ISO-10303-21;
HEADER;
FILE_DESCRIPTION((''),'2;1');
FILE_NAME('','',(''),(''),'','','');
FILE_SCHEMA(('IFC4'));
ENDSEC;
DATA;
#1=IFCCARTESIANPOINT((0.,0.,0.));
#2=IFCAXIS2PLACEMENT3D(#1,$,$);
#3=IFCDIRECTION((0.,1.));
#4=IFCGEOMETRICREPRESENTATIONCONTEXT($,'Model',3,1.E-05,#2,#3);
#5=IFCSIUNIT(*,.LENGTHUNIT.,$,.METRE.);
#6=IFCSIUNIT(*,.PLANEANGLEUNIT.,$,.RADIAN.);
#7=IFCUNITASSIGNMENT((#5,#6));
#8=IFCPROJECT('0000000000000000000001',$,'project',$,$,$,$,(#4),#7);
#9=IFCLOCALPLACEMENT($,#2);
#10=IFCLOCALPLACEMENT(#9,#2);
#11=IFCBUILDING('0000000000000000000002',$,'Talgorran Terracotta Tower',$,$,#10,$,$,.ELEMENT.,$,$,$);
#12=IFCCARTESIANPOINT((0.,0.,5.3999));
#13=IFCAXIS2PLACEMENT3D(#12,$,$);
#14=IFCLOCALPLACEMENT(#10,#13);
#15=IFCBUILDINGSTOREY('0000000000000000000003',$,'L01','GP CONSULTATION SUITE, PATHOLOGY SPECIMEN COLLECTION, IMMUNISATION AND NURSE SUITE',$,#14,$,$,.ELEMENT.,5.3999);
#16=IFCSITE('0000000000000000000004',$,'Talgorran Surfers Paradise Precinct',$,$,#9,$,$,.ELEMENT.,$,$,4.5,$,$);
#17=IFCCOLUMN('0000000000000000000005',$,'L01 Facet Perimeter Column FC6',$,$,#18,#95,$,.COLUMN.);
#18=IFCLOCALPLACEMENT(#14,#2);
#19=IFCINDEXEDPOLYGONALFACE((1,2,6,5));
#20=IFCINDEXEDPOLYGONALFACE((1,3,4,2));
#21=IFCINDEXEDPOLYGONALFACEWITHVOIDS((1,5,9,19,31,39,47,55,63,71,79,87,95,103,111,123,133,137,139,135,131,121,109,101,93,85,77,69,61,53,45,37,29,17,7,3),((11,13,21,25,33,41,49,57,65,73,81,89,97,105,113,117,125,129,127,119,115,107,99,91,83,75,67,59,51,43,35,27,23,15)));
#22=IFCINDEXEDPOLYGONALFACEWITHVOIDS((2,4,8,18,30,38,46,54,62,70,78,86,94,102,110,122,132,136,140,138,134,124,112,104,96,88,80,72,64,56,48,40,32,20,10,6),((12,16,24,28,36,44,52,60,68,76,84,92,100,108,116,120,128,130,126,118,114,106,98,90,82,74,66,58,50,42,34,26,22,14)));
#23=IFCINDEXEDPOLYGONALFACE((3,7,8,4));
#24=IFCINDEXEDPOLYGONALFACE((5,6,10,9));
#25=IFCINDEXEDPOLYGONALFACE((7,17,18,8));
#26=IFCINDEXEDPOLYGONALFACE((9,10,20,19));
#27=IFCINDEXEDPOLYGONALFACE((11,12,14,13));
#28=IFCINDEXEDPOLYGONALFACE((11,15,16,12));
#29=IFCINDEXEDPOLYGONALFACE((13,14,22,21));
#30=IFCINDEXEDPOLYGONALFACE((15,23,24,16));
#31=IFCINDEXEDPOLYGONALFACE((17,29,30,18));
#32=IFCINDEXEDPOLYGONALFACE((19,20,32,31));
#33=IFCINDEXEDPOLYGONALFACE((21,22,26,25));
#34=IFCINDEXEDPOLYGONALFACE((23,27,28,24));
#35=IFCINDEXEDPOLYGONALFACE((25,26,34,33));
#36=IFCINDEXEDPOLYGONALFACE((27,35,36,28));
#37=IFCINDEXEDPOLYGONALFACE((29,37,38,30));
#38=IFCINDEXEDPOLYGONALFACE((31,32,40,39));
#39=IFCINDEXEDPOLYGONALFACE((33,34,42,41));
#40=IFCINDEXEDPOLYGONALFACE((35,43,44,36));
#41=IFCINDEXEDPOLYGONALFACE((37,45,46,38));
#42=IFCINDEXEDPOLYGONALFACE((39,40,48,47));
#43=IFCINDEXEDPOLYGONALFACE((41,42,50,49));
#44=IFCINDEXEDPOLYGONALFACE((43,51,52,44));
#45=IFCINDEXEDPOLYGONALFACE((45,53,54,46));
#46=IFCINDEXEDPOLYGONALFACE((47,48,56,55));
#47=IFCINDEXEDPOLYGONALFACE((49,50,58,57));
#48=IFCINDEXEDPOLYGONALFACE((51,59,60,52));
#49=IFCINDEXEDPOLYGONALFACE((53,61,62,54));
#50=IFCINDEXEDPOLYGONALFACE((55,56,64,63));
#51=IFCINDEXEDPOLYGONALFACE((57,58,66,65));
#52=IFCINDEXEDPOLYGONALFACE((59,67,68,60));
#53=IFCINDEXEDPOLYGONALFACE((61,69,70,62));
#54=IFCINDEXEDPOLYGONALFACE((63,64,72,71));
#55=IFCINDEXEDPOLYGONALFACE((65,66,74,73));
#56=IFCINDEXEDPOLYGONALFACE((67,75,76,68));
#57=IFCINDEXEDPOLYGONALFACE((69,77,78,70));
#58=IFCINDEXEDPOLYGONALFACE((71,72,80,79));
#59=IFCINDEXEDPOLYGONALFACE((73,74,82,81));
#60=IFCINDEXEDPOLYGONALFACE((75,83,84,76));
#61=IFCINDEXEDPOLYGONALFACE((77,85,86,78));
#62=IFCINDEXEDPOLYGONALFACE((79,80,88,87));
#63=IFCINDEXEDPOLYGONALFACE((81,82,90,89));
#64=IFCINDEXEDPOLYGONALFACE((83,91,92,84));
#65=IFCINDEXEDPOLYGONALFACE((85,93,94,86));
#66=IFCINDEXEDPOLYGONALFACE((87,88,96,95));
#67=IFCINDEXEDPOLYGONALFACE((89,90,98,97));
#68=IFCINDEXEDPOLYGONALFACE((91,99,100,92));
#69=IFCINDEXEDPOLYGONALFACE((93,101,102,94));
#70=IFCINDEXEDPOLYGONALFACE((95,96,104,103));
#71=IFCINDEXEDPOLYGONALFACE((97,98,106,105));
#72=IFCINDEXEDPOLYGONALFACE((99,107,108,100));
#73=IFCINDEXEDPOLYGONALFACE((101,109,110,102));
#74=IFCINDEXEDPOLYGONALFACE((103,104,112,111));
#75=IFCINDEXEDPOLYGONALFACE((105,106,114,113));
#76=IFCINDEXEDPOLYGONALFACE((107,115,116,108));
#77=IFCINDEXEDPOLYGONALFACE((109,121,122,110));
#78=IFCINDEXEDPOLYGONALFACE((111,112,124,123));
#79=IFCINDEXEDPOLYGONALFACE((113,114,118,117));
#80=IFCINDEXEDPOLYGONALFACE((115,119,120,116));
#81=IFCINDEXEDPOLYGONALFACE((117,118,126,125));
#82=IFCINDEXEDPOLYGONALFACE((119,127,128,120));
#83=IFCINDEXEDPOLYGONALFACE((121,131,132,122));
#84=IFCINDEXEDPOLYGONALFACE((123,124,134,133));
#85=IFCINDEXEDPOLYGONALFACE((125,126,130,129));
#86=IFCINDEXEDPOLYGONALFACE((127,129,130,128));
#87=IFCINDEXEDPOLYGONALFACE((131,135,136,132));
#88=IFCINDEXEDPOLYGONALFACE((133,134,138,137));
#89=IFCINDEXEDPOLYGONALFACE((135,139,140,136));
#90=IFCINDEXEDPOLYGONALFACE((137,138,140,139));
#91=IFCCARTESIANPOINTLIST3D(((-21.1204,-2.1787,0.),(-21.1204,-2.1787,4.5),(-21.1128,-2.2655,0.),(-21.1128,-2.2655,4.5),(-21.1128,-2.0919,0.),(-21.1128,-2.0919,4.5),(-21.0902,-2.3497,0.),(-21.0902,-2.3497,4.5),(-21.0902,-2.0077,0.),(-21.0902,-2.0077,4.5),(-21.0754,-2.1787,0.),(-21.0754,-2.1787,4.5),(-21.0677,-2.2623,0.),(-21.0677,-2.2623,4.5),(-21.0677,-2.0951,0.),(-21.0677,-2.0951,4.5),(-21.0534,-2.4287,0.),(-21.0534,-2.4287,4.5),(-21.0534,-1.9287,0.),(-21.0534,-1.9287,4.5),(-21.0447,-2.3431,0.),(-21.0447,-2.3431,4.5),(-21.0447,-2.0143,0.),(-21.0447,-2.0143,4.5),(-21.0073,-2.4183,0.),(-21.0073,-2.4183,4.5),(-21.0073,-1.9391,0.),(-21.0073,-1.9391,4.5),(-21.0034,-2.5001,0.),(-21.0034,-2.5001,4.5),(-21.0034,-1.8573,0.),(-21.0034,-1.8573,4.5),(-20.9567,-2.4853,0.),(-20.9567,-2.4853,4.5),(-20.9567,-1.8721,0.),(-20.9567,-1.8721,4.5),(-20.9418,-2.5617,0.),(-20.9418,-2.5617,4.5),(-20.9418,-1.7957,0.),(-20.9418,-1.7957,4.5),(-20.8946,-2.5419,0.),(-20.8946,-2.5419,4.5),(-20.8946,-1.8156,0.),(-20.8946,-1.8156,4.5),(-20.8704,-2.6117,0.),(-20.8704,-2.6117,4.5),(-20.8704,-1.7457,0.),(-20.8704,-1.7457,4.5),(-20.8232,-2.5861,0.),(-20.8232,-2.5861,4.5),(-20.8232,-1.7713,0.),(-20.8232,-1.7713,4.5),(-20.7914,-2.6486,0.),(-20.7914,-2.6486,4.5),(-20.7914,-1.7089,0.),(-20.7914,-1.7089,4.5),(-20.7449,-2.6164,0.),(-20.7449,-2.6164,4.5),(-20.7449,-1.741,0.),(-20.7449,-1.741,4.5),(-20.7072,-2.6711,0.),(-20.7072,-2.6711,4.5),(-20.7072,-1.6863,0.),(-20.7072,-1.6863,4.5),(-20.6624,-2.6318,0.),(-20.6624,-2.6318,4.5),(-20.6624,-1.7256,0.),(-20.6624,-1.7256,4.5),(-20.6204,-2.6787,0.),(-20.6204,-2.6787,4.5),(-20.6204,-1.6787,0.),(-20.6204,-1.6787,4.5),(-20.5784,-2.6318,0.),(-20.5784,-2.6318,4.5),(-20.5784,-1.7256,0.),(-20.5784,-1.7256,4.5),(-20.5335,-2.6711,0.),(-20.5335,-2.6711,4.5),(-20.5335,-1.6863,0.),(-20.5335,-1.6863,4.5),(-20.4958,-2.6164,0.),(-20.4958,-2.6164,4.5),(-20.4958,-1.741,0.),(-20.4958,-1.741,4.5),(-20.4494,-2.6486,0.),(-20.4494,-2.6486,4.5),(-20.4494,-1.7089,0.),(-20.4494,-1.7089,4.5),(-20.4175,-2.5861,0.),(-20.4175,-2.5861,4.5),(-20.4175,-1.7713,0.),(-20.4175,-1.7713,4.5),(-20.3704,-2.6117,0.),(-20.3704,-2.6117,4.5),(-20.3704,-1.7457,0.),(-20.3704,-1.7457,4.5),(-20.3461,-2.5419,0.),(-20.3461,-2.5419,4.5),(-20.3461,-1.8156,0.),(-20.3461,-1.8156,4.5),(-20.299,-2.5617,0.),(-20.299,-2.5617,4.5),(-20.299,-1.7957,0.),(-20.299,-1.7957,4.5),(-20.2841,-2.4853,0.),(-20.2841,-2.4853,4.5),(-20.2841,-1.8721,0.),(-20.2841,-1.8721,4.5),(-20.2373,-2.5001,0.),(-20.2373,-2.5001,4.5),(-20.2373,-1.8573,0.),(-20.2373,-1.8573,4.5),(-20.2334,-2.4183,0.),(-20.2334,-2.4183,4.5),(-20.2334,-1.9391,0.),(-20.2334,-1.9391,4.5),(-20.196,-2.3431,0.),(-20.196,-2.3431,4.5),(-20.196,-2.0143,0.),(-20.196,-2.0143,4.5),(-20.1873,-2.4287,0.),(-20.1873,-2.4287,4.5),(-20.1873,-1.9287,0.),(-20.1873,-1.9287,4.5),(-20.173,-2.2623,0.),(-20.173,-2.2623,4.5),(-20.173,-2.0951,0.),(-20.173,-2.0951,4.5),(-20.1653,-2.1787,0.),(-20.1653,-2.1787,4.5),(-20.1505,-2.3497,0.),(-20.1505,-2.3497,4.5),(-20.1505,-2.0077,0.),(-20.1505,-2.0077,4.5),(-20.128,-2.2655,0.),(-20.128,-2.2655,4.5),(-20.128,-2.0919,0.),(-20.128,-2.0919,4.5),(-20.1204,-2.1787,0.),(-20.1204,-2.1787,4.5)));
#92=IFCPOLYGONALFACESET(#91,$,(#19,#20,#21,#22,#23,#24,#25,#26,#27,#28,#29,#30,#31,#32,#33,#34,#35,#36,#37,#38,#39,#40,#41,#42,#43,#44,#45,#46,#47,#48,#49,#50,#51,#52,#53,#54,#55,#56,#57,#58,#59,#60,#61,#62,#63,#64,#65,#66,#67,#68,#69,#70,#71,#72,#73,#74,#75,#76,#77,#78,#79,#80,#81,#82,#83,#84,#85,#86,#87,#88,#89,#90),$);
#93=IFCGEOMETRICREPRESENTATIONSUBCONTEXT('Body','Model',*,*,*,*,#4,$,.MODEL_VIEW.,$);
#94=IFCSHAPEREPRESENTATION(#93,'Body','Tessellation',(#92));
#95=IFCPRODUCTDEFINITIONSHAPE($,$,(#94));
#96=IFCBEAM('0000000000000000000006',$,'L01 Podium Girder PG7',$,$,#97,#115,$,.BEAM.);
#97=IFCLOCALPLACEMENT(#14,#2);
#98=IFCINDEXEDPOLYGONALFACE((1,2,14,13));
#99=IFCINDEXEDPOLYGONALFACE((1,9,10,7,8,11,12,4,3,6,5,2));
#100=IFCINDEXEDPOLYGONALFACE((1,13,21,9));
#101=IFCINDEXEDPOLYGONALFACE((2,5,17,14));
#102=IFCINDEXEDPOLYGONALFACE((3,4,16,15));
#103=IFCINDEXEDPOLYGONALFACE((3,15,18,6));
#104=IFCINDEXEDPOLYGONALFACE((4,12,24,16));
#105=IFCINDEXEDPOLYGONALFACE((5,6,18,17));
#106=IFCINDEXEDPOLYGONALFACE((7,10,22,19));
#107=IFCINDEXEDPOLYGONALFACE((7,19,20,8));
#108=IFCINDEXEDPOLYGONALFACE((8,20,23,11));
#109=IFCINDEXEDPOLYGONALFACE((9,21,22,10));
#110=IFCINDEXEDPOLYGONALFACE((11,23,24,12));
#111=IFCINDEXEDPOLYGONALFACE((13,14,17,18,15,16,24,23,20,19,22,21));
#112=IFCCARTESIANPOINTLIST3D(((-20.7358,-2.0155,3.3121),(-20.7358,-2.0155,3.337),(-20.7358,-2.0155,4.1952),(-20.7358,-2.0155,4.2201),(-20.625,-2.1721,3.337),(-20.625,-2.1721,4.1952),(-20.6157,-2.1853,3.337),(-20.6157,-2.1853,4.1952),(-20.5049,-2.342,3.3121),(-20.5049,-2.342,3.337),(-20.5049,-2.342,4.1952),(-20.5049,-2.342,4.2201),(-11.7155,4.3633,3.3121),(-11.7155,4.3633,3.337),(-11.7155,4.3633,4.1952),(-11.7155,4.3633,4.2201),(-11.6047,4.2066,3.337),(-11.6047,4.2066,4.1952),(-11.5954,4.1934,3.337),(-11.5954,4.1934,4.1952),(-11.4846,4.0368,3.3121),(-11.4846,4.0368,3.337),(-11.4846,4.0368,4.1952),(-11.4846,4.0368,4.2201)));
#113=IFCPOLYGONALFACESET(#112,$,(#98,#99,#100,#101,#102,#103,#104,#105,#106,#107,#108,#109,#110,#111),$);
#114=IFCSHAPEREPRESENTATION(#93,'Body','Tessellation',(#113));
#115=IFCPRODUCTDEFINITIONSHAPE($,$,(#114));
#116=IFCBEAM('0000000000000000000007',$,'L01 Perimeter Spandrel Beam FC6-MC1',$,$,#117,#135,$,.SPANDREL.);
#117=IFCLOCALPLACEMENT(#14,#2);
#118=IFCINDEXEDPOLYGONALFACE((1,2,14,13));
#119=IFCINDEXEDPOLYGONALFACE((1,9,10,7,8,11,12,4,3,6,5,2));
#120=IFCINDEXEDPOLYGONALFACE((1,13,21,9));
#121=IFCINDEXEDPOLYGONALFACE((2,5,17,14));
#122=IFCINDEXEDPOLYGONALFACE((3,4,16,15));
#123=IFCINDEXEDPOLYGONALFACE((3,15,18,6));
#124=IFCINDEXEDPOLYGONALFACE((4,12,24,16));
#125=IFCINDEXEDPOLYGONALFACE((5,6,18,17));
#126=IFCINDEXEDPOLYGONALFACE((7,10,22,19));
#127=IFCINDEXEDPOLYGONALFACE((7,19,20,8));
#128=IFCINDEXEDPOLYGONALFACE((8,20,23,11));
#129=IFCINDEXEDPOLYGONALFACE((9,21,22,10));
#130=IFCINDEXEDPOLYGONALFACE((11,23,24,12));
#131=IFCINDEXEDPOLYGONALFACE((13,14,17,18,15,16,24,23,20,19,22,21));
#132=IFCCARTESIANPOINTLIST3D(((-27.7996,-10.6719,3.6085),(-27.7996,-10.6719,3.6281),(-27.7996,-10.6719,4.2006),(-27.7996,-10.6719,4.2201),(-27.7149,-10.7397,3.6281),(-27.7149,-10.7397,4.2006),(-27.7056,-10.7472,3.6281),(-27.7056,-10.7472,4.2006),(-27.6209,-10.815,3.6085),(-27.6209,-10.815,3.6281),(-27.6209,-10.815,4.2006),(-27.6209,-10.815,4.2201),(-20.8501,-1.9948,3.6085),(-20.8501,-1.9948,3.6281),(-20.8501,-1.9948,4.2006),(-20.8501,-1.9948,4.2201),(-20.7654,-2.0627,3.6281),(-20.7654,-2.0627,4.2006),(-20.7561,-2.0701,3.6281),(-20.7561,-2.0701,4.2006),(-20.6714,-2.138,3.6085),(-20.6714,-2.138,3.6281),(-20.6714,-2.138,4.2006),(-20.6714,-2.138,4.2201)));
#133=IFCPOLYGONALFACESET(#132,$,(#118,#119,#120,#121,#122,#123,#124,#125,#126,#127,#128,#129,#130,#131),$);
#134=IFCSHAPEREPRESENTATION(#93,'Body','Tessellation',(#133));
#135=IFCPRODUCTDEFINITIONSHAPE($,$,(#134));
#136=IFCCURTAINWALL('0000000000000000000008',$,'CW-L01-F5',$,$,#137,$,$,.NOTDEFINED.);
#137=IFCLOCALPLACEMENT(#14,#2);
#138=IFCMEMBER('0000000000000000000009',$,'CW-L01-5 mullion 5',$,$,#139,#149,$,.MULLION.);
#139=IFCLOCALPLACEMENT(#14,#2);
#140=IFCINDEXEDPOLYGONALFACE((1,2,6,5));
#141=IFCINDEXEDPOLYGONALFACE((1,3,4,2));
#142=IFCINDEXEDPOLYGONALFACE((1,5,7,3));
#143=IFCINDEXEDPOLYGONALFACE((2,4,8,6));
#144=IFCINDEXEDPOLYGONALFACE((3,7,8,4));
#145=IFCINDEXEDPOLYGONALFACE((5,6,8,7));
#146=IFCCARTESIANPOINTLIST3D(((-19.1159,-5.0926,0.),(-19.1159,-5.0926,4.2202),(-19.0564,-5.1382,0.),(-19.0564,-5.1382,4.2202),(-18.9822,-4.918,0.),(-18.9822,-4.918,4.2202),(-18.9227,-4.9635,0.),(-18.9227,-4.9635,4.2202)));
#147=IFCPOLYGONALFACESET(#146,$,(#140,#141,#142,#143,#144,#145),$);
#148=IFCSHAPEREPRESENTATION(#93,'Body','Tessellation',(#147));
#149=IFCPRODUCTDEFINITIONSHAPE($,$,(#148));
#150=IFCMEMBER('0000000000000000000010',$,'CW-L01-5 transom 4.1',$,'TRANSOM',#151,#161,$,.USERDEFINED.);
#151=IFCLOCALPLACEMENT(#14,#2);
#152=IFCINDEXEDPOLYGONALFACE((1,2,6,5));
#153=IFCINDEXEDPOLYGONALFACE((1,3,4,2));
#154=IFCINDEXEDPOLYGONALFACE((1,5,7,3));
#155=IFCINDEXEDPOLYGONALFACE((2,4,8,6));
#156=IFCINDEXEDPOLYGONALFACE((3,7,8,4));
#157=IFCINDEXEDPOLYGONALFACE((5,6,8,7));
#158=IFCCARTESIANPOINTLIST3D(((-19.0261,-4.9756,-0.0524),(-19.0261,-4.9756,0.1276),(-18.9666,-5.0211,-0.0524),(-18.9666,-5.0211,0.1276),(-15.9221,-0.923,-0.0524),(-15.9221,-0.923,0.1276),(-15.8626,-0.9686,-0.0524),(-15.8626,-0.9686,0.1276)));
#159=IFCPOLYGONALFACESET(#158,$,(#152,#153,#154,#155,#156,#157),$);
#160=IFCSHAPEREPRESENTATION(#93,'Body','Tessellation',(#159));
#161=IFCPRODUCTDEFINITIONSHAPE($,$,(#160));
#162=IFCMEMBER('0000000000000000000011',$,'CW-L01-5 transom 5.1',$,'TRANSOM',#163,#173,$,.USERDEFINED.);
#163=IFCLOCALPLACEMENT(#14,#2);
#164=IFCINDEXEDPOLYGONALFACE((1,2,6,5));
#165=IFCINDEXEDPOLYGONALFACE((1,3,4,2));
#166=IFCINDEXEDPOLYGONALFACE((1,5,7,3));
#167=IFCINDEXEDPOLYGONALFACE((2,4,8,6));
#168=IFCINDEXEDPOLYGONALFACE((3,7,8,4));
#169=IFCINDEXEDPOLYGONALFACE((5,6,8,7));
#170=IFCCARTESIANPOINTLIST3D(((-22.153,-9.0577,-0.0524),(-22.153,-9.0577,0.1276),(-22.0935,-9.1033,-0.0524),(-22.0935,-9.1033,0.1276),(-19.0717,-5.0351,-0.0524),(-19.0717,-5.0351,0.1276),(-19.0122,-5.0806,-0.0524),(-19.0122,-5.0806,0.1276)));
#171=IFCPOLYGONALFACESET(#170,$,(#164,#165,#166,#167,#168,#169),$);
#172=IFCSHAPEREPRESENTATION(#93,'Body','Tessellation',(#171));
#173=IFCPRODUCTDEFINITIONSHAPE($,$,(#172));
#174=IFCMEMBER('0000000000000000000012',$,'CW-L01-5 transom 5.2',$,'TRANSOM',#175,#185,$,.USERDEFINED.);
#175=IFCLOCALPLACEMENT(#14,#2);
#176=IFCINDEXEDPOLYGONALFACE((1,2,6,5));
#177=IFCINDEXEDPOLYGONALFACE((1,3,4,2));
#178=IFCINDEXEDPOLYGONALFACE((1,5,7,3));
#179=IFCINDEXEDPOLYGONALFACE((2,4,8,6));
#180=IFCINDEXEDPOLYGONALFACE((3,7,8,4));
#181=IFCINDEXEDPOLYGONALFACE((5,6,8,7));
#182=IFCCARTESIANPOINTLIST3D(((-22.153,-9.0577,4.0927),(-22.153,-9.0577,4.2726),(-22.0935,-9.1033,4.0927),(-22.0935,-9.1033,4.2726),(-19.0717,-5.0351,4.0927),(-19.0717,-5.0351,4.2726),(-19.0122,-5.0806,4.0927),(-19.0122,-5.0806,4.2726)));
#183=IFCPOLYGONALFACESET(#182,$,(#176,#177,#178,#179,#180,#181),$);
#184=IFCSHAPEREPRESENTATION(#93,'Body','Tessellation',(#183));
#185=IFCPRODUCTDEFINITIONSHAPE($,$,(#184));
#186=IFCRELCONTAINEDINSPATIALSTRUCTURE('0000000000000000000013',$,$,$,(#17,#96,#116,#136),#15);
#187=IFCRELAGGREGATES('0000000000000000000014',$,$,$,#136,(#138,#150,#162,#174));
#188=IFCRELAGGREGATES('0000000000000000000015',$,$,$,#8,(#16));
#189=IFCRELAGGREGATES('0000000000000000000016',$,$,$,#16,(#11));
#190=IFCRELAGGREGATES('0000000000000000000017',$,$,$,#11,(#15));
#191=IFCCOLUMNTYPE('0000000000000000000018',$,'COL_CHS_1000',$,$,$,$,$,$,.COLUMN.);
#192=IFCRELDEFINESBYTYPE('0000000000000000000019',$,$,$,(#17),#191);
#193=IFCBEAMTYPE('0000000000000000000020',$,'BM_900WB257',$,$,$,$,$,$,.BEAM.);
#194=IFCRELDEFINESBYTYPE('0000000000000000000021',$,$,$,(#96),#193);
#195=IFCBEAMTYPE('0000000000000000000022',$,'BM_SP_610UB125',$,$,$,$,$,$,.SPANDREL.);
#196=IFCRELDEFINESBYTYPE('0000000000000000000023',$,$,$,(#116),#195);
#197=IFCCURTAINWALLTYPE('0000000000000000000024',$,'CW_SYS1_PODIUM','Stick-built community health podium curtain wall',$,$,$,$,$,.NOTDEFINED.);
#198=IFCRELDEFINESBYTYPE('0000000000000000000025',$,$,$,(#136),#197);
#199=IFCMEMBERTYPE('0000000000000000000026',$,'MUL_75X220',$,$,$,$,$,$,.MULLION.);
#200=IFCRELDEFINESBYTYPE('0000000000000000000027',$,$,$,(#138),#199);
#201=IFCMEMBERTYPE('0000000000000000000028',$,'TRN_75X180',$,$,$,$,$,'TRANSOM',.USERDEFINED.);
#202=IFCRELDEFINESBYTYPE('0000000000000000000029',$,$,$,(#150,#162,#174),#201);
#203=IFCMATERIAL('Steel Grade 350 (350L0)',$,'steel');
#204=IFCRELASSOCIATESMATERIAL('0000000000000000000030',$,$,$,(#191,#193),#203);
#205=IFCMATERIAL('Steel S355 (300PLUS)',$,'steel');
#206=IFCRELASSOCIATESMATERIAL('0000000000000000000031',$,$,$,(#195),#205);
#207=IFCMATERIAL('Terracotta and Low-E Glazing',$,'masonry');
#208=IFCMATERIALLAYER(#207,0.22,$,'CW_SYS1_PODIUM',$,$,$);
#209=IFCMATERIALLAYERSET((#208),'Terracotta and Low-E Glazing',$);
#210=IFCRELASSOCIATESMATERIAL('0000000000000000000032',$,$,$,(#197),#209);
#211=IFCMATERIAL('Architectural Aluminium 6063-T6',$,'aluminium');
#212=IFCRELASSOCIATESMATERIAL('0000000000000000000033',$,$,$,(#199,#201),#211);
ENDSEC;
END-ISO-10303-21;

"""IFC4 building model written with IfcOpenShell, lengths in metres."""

from ifc_helpers import new_model, si_unit, direction, frame, origin, origin_2d, place, context, subcontext, project, spatial, rectangle, hollow_circle, i_section, extrude, material, layer, layer_set, material_profile, profile_set, type_object, element, aggregate, save


model = new_model("IFC4")

# Units and contexts
model_context = context("Model", 3, precision=1e-05, world=origin(), true_north=direction((0.0, 1.0)))
body_context = subcontext(model_context, "Body", "Model", "MODEL_VIEW")
ifc_project = project(units=[si_unit("LENGTHUNIT", "METRE"), si_unit("PLANEANGLEUNIT", "RADIAN")], contexts=[model_context])

# Site, building, storey
site_placement = place(None, origin())
site = spatial("IfcSite", under=ifc_project, at=site_placement, Name="Talgorran Surfers Paradise Precinct", CompositionType="ELEMENT", RefElevation=4.5)
building_placement = place(site_placement, origin())
building = spatial("IfcBuilding", under=site, at=building_placement, Name="Talgorran Terracotta Tower", CompositionType="ELEMENT")
storey_placement = place(building_placement, frame((0.0, 0.0, 5.3999)))
storey = spatial("IfcBuildingStorey", under=building, at=storey_placement, Name="L01", Description="GP CONSULTATION SUITE, PATHOLOGY SPECIMEN COLLECTION, IMMUNISATION AND NURSE SUITE", CompositionType="ELEMENT", Elevation=5.3999)

# Column
ifc_material_1 = material(Name="Steel Grade 350 (350L0)", Category="steel")
ifc_material_profile_1 = material_profile(ifc_material_1, hollow_circle(Radius=0.5, WallThickness=0.0449, at=origin_2d()), Name="CHS1000X45")
ifc_profile_set_1 = profile_set([ifc_material_profile_1], Name="Steel Grade 350 (350L0)")
column_type = type_object("IfcColumnType", Name="COL_CHS_1000", PredefinedType="COLUMN", material=ifc_profile_set_1)
column_placement = place(storey_placement, frame((-20.6204, -2.1787, 0.0), z_axis=(0.0, 0.0, 1.0), x_axis=(1.0, 0.0, 0.0)))
element("IfcColumn", 1, at=column_placement, inside=storey, type_object=column_type, Name="L01 Facet Perimeter Column FC6", PredefinedType="COLUMN", context=body_context, shape_type="SweptSolid", body=[
    extrude(hollow_circle(Radius=0.5, WallThickness=0.0449, at=origin_2d()), origin(), (0.0, 0.0, 1.0), 4.5),
])

# Beams
ifc_material_profile_2 = material_profile(ifc_material_1, i_section(OverallWidth=0.3999, OverallDepth=0.908, WebThickness=0.0161, FlangeThickness=0.0249, at=origin_2d()), Name="900WB257")
ifc_profile_set_2 = profile_set([ifc_material_profile_2], Name="Steel Grade 350 (350L0)")
beam_type_1 = type_object("IfcBeamType", Name="BM_900WB257", PredefinedType="BEAM", material=ifc_profile_set_2)
beam_1_placement = place(storey_placement, frame((-20.6204, -2.1787, 3.7661), z_axis=(0.816481, 0.577373, 0.0), x_axis=(-0.577373, 0.816481, 0.0)))
element("IfcBeam", 2, at=beam_1_placement, inside=storey, type_object=beam_type_1, Name="L01 Podium Girder PG7", PredefinedType="BEAM", context=body_context, shape_type="SweptSolid", body=[
    extrude(i_section(OverallWidth=0.3999, OverallDepth=0.908, WebThickness=0.0161, FlangeThickness=0.0249, at=origin_2d()), origin(), (0.0, 0.0, 1.0), 11.0479),
])
ifc_material_2 = material(Name="Steel S355 (300PLUS)", Category="steel")
ifc_material_profile_3 = material_profile(ifc_material_2, i_section(OverallWidth=0.229, OverallDepth=0.6116, WebThickness=0.012, FlangeThickness=0.0195, at=origin_2d()), Name="610UB125")
ifc_profile_set_3 = profile_set([ifc_material_profile_3], Name="Steel S355 (300PLUS)")
beam_type_2 = type_object("IfcBeamType", Name="BM_SP_610UB125", PredefinedType="SPANDREL", material=ifc_profile_set_3)
beam_2_placement = place(storey_placement, frame((-20.7607, -2.0664, 3.9143), z_axis=(-0.625126, -0.780524, 0.0), x_axis=(0.780524, -0.625126, 0.0)))
element("IfcBeam", 3, at=beam_2_placement, inside=storey, type_object=beam_type_2, Name="L01 Perimeter Spandrel Beam FC6-MC1", PredefinedType="SPANDREL", context=body_context, shape_type="SweptSolid", body=[
    extrude(i_section(OverallWidth=0.229, OverallDepth=0.6116, WebThickness=0.012, FlangeThickness=0.0195, at=origin_2d()), origin(), (0.0, 0.0, 1.0), 11.1169),
])

# Curtain wall, members
ifc_material_3 = material(Name="Terracotta and Low-E Glazing", Category="masonry")
ifc_layer_1 = layer(ifc_material_3, 0.22, Name="CW_SYS1_PODIUM")
ifc_layer_set_1 = layer_set([ifc_layer_1], Name="Terracotta and Low-E Glazing")
curtain_wall_type = type_object("IfcCurtainWallType", Name="CW_SYS1_PODIUM", Description="Stick-built community health podium curtain wall", PredefinedType="NOTDEFINED", material=ifc_layer_set_1)
curtain_wall_placement = place(storey_placement, origin())
curtain_wall = element("IfcCurtainWall", 4, at=curtain_wall_placement, inside=storey, type_object=curtain_wall_type, Name="CW-L01-F5", PredefinedType="NOTDEFINED")
ifc_material_4 = material(Name="Architectural Aluminium 6063-T6", Category="aluminium")
ifc_material_profile_4 = material_profile(ifc_material_4, rectangle(XDim=0.075, YDim=0.22, at=origin_2d()), Name="CWM75X220")
ifc_profile_set_4 = profile_set([ifc_material_profile_4], Name="Architectural Aluminium 6063-T6")
member_type_1 = type_object("IfcMemberType", Name="MUL_75X220", PredefinedType="MULLION", material=ifc_profile_set_4)
member_1_placement = place(storey_placement, frame((-19.0193, -5.0281, 0.0), z_axis=(0.0, 0.0, 1.0), x_axis=(0.79388, -0.608075, 0.0)))
member_1 = element("IfcMember", 5, at=member_1_placement, type_object=member_type_1, Name="CW-L01-5 mullion 5", PredefinedType="MULLION", context=body_context, shape_type="SweptSolid", body=[
    extrude(rectangle(XDim=0.075, YDim=0.22, at=origin_2d()), origin(), (0.0, 0.0, 1.0), 4.2202),
])
ifc_material_profile_5 = material_profile(ifc_material_4, rectangle(XDim=0.075, YDim=0.1799, at=origin_2d()), Name="CWT75X180")
ifc_profile_set_5 = profile_set([ifc_material_profile_5], Name="Architectural Aluminium 6063-T6")
member_type_2 = type_object("IfcMemberType", Name="TRN_75X180", ElementType="TRANSOM", PredefinedType="USERDEFINED", material=ifc_profile_set_5)
member_2_placement = place(storey_placement, frame((-15.8923, -0.9458, 0.0376), z_axis=(-0.608073, -0.793881, 0.0), x_axis=(0.793881, -0.608073, 0.0)))
member_2 = element("IfcMember", 6, at=member_2_placement, type_object=member_type_2, Name="CW-L01-5 transom 4.1", ObjectType="TRANSOM", PredefinedType="USERDEFINED", context=body_context, shape_type="SweptSolid", body=[
    extrude(rectangle(XDim=0.075, YDim=0.1799, at=origin_2d()), origin(), (0.0, 0.0, 1.0), 5.1047),
])
member_3_placement = place(storey_placement, frame((-19.042, -5.0579, 0.0376), z_axis=(-0.608087, -0.793871, 0.0), x_axis=(0.793871, -0.608087, 0.0)))
member_3 = element("IfcMember", 7, at=member_3_placement, type_object=member_type_2, Name="CW-L01-5 transom 5.1", ObjectType="TRANSOM", PredefinedType="USERDEFINED", context=body_context, shape_type="SweptSolid", body=[
    extrude(rectangle(XDim=0.075, YDim=0.1799, at=origin_2d()), origin(), (0.0, 0.0, 1.0), 5.0671),
])
member_4_placement = place(storey_placement, frame((-19.042, -5.0579, 4.1826), z_axis=(-0.608087, -0.793871, 0.0), x_axis=(0.793871, -0.608087, 0.0)))
member_4 = element("IfcMember", 8, at=member_4_placement, type_object=member_type_2, Name="CW-L01-5 transom 5.2", ObjectType="TRANSOM", PredefinedType="USERDEFINED", context=body_context, shape_type="SweptSolid", body=[
    extrude(rectangle(XDim=0.075, YDim=0.1799, at=origin_2d()), origin(), (0.0, 0.0, 1.0), 5.0671),
])
aggregate(curtain_wall, [member_1, member_2, member_3, member_4])

save(model, "model.ifc")
